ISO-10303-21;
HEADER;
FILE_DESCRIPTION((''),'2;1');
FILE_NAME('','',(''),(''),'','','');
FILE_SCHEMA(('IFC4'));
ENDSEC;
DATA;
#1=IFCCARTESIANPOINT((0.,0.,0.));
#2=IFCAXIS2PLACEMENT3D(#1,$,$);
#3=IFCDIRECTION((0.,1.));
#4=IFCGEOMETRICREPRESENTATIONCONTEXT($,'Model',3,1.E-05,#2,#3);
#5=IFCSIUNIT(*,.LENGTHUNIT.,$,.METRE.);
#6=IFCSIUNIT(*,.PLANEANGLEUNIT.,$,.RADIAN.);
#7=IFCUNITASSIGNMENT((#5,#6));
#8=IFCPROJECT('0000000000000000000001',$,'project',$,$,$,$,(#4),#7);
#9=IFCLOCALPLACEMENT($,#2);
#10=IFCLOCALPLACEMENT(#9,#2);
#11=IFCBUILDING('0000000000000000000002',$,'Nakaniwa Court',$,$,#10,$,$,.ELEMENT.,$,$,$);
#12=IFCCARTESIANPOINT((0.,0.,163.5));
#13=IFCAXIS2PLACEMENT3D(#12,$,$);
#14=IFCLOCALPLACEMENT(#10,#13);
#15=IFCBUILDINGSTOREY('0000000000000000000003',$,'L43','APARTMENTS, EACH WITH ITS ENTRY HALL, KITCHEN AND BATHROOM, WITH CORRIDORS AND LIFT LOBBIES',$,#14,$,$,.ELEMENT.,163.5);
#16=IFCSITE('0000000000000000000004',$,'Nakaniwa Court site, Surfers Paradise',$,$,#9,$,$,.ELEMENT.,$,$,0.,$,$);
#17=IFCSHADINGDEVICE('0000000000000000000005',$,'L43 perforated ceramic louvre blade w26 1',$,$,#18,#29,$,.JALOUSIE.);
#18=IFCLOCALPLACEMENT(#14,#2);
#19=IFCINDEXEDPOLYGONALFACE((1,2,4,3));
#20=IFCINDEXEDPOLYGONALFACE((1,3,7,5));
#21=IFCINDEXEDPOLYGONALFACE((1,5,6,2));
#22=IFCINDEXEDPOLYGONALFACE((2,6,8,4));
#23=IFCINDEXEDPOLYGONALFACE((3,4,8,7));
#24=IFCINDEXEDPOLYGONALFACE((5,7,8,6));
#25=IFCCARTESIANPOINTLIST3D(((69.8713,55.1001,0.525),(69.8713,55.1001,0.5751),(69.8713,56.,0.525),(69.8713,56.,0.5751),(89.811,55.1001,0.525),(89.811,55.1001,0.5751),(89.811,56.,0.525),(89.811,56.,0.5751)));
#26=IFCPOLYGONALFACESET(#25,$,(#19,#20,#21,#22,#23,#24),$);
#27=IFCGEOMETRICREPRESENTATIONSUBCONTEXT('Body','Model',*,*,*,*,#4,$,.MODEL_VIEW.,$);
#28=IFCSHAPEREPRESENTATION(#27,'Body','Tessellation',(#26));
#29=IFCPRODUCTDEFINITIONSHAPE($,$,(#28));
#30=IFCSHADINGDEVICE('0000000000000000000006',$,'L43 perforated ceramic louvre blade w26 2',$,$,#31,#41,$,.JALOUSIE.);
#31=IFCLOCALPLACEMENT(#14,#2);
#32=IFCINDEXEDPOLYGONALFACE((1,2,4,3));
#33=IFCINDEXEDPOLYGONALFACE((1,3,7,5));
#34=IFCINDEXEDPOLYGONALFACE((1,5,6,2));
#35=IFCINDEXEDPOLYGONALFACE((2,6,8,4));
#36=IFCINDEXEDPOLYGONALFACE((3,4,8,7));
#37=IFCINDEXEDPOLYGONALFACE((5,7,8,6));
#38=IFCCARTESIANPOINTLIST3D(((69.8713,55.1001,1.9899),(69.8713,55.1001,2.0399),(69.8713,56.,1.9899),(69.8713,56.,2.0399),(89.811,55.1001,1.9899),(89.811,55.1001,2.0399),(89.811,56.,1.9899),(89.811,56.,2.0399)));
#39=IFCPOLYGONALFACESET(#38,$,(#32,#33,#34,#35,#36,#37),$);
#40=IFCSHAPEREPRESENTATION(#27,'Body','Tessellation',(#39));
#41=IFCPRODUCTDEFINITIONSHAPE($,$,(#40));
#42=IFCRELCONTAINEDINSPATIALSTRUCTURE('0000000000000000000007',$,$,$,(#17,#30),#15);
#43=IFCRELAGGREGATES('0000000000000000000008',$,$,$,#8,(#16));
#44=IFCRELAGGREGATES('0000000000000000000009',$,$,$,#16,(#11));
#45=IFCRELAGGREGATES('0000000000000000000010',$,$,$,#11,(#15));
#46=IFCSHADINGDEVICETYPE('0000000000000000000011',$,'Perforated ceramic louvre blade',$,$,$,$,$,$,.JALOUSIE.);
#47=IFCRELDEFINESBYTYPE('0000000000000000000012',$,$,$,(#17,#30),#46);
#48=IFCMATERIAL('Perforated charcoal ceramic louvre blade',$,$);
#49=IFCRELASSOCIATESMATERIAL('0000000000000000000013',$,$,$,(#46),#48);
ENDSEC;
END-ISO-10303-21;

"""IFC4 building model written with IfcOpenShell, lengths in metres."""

from ifc_helpers import new_model, si_unit, direction, frame, origin, origin_2d, place, context, subcontext, project, spatial, rectangle, extrude, material, material_profile, profile_set, type_object, element, save


model = new_model("IFC4")

# Units and contexts
model_context = context("Model", 3, precision=1e-05, world=origin(), true_north=direction((0.0, 1.0)))
body_context = subcontext(model_context, "Body", "Model", "MODEL_VIEW")
ifc_project = project(units=[si_unit("LENGTHUNIT", "METRE"), si_unit("PLANEANGLEUNIT", "RADIAN")], contexts=[model_context])

# Site, building, storey
site_placement = place(None, origin())
site = spatial("IfcSite", under=ifc_project, at=site_placement, Name="Nakaniwa Court site, Surfers Paradise", CompositionType="ELEMENT", RefElevation=0.0)
building_placement = place(site_placement, origin())
building = spatial("IfcBuilding", under=site, at=building_placement, Name="Nakaniwa Court", CompositionType="ELEMENT")
storey_placement = place(building_placement, frame((0.0, 0.0, 163.5)))
storey = spatial("IfcBuildingStorey", under=building, at=storey_placement, Name="L43", Description="APARTMENTS, EACH WITH ITS ENTRY HALL, KITCHEN AND BATHROOM, WITH CORRIDORS AND LIFT LOBBIES", CompositionType="ELEMENT", Elevation=163.5)

# Shading devices
ifc_material_1 = material(Name="Perforated charcoal ceramic louvre blade")
ifc_material_profile_1 = material_profile(ifc_material_1, rectangle(XDim=0.8999, YDim=0.05, at=origin_2d()), Name="Perforated ceramic louvre blade")
ifc_profile_set_1 = profile_set([ifc_material_profile_1], Name="Perforated charcoal ceramic louvre blade")
shading_device_type = type_object("IfcShadingDeviceType", Name="Perforated ceramic louvre blade", PredefinedType="JALOUSIE", material=ifc_profile_set_1)
for number, where, z_axis, x_axis, name in (
    (1, (69.8713, 55.55, 0.55), (1.0, 0.0, 0.0), (0.0, 1.0, 0.0), "L43 perforated ceramic louvre blade w26 1"),
    (2, (69.8713, 55.55, 2.0149), (1.0, 0.0, 0.0), (0.0, 1.0, 0.0), "L43 perforated ceramic louvre blade w26 2"),
):
    element("IfcShadingDevice", number, at=place(storey_placement, frame(where, z_axis=z_axis, x_axis=x_axis)), inside=storey, type_object=shading_device_type, Name=name, PredefinedType="JALOUSIE", context=body_context, shape_type="SweptSolid", body=[
        extrude(rectangle(XDim=0.8999, YDim=0.05, at=origin_2d()), origin(), (0.0, 0.0, 1.0), 19.9397),
    ])

save(model, "model.ifc")
